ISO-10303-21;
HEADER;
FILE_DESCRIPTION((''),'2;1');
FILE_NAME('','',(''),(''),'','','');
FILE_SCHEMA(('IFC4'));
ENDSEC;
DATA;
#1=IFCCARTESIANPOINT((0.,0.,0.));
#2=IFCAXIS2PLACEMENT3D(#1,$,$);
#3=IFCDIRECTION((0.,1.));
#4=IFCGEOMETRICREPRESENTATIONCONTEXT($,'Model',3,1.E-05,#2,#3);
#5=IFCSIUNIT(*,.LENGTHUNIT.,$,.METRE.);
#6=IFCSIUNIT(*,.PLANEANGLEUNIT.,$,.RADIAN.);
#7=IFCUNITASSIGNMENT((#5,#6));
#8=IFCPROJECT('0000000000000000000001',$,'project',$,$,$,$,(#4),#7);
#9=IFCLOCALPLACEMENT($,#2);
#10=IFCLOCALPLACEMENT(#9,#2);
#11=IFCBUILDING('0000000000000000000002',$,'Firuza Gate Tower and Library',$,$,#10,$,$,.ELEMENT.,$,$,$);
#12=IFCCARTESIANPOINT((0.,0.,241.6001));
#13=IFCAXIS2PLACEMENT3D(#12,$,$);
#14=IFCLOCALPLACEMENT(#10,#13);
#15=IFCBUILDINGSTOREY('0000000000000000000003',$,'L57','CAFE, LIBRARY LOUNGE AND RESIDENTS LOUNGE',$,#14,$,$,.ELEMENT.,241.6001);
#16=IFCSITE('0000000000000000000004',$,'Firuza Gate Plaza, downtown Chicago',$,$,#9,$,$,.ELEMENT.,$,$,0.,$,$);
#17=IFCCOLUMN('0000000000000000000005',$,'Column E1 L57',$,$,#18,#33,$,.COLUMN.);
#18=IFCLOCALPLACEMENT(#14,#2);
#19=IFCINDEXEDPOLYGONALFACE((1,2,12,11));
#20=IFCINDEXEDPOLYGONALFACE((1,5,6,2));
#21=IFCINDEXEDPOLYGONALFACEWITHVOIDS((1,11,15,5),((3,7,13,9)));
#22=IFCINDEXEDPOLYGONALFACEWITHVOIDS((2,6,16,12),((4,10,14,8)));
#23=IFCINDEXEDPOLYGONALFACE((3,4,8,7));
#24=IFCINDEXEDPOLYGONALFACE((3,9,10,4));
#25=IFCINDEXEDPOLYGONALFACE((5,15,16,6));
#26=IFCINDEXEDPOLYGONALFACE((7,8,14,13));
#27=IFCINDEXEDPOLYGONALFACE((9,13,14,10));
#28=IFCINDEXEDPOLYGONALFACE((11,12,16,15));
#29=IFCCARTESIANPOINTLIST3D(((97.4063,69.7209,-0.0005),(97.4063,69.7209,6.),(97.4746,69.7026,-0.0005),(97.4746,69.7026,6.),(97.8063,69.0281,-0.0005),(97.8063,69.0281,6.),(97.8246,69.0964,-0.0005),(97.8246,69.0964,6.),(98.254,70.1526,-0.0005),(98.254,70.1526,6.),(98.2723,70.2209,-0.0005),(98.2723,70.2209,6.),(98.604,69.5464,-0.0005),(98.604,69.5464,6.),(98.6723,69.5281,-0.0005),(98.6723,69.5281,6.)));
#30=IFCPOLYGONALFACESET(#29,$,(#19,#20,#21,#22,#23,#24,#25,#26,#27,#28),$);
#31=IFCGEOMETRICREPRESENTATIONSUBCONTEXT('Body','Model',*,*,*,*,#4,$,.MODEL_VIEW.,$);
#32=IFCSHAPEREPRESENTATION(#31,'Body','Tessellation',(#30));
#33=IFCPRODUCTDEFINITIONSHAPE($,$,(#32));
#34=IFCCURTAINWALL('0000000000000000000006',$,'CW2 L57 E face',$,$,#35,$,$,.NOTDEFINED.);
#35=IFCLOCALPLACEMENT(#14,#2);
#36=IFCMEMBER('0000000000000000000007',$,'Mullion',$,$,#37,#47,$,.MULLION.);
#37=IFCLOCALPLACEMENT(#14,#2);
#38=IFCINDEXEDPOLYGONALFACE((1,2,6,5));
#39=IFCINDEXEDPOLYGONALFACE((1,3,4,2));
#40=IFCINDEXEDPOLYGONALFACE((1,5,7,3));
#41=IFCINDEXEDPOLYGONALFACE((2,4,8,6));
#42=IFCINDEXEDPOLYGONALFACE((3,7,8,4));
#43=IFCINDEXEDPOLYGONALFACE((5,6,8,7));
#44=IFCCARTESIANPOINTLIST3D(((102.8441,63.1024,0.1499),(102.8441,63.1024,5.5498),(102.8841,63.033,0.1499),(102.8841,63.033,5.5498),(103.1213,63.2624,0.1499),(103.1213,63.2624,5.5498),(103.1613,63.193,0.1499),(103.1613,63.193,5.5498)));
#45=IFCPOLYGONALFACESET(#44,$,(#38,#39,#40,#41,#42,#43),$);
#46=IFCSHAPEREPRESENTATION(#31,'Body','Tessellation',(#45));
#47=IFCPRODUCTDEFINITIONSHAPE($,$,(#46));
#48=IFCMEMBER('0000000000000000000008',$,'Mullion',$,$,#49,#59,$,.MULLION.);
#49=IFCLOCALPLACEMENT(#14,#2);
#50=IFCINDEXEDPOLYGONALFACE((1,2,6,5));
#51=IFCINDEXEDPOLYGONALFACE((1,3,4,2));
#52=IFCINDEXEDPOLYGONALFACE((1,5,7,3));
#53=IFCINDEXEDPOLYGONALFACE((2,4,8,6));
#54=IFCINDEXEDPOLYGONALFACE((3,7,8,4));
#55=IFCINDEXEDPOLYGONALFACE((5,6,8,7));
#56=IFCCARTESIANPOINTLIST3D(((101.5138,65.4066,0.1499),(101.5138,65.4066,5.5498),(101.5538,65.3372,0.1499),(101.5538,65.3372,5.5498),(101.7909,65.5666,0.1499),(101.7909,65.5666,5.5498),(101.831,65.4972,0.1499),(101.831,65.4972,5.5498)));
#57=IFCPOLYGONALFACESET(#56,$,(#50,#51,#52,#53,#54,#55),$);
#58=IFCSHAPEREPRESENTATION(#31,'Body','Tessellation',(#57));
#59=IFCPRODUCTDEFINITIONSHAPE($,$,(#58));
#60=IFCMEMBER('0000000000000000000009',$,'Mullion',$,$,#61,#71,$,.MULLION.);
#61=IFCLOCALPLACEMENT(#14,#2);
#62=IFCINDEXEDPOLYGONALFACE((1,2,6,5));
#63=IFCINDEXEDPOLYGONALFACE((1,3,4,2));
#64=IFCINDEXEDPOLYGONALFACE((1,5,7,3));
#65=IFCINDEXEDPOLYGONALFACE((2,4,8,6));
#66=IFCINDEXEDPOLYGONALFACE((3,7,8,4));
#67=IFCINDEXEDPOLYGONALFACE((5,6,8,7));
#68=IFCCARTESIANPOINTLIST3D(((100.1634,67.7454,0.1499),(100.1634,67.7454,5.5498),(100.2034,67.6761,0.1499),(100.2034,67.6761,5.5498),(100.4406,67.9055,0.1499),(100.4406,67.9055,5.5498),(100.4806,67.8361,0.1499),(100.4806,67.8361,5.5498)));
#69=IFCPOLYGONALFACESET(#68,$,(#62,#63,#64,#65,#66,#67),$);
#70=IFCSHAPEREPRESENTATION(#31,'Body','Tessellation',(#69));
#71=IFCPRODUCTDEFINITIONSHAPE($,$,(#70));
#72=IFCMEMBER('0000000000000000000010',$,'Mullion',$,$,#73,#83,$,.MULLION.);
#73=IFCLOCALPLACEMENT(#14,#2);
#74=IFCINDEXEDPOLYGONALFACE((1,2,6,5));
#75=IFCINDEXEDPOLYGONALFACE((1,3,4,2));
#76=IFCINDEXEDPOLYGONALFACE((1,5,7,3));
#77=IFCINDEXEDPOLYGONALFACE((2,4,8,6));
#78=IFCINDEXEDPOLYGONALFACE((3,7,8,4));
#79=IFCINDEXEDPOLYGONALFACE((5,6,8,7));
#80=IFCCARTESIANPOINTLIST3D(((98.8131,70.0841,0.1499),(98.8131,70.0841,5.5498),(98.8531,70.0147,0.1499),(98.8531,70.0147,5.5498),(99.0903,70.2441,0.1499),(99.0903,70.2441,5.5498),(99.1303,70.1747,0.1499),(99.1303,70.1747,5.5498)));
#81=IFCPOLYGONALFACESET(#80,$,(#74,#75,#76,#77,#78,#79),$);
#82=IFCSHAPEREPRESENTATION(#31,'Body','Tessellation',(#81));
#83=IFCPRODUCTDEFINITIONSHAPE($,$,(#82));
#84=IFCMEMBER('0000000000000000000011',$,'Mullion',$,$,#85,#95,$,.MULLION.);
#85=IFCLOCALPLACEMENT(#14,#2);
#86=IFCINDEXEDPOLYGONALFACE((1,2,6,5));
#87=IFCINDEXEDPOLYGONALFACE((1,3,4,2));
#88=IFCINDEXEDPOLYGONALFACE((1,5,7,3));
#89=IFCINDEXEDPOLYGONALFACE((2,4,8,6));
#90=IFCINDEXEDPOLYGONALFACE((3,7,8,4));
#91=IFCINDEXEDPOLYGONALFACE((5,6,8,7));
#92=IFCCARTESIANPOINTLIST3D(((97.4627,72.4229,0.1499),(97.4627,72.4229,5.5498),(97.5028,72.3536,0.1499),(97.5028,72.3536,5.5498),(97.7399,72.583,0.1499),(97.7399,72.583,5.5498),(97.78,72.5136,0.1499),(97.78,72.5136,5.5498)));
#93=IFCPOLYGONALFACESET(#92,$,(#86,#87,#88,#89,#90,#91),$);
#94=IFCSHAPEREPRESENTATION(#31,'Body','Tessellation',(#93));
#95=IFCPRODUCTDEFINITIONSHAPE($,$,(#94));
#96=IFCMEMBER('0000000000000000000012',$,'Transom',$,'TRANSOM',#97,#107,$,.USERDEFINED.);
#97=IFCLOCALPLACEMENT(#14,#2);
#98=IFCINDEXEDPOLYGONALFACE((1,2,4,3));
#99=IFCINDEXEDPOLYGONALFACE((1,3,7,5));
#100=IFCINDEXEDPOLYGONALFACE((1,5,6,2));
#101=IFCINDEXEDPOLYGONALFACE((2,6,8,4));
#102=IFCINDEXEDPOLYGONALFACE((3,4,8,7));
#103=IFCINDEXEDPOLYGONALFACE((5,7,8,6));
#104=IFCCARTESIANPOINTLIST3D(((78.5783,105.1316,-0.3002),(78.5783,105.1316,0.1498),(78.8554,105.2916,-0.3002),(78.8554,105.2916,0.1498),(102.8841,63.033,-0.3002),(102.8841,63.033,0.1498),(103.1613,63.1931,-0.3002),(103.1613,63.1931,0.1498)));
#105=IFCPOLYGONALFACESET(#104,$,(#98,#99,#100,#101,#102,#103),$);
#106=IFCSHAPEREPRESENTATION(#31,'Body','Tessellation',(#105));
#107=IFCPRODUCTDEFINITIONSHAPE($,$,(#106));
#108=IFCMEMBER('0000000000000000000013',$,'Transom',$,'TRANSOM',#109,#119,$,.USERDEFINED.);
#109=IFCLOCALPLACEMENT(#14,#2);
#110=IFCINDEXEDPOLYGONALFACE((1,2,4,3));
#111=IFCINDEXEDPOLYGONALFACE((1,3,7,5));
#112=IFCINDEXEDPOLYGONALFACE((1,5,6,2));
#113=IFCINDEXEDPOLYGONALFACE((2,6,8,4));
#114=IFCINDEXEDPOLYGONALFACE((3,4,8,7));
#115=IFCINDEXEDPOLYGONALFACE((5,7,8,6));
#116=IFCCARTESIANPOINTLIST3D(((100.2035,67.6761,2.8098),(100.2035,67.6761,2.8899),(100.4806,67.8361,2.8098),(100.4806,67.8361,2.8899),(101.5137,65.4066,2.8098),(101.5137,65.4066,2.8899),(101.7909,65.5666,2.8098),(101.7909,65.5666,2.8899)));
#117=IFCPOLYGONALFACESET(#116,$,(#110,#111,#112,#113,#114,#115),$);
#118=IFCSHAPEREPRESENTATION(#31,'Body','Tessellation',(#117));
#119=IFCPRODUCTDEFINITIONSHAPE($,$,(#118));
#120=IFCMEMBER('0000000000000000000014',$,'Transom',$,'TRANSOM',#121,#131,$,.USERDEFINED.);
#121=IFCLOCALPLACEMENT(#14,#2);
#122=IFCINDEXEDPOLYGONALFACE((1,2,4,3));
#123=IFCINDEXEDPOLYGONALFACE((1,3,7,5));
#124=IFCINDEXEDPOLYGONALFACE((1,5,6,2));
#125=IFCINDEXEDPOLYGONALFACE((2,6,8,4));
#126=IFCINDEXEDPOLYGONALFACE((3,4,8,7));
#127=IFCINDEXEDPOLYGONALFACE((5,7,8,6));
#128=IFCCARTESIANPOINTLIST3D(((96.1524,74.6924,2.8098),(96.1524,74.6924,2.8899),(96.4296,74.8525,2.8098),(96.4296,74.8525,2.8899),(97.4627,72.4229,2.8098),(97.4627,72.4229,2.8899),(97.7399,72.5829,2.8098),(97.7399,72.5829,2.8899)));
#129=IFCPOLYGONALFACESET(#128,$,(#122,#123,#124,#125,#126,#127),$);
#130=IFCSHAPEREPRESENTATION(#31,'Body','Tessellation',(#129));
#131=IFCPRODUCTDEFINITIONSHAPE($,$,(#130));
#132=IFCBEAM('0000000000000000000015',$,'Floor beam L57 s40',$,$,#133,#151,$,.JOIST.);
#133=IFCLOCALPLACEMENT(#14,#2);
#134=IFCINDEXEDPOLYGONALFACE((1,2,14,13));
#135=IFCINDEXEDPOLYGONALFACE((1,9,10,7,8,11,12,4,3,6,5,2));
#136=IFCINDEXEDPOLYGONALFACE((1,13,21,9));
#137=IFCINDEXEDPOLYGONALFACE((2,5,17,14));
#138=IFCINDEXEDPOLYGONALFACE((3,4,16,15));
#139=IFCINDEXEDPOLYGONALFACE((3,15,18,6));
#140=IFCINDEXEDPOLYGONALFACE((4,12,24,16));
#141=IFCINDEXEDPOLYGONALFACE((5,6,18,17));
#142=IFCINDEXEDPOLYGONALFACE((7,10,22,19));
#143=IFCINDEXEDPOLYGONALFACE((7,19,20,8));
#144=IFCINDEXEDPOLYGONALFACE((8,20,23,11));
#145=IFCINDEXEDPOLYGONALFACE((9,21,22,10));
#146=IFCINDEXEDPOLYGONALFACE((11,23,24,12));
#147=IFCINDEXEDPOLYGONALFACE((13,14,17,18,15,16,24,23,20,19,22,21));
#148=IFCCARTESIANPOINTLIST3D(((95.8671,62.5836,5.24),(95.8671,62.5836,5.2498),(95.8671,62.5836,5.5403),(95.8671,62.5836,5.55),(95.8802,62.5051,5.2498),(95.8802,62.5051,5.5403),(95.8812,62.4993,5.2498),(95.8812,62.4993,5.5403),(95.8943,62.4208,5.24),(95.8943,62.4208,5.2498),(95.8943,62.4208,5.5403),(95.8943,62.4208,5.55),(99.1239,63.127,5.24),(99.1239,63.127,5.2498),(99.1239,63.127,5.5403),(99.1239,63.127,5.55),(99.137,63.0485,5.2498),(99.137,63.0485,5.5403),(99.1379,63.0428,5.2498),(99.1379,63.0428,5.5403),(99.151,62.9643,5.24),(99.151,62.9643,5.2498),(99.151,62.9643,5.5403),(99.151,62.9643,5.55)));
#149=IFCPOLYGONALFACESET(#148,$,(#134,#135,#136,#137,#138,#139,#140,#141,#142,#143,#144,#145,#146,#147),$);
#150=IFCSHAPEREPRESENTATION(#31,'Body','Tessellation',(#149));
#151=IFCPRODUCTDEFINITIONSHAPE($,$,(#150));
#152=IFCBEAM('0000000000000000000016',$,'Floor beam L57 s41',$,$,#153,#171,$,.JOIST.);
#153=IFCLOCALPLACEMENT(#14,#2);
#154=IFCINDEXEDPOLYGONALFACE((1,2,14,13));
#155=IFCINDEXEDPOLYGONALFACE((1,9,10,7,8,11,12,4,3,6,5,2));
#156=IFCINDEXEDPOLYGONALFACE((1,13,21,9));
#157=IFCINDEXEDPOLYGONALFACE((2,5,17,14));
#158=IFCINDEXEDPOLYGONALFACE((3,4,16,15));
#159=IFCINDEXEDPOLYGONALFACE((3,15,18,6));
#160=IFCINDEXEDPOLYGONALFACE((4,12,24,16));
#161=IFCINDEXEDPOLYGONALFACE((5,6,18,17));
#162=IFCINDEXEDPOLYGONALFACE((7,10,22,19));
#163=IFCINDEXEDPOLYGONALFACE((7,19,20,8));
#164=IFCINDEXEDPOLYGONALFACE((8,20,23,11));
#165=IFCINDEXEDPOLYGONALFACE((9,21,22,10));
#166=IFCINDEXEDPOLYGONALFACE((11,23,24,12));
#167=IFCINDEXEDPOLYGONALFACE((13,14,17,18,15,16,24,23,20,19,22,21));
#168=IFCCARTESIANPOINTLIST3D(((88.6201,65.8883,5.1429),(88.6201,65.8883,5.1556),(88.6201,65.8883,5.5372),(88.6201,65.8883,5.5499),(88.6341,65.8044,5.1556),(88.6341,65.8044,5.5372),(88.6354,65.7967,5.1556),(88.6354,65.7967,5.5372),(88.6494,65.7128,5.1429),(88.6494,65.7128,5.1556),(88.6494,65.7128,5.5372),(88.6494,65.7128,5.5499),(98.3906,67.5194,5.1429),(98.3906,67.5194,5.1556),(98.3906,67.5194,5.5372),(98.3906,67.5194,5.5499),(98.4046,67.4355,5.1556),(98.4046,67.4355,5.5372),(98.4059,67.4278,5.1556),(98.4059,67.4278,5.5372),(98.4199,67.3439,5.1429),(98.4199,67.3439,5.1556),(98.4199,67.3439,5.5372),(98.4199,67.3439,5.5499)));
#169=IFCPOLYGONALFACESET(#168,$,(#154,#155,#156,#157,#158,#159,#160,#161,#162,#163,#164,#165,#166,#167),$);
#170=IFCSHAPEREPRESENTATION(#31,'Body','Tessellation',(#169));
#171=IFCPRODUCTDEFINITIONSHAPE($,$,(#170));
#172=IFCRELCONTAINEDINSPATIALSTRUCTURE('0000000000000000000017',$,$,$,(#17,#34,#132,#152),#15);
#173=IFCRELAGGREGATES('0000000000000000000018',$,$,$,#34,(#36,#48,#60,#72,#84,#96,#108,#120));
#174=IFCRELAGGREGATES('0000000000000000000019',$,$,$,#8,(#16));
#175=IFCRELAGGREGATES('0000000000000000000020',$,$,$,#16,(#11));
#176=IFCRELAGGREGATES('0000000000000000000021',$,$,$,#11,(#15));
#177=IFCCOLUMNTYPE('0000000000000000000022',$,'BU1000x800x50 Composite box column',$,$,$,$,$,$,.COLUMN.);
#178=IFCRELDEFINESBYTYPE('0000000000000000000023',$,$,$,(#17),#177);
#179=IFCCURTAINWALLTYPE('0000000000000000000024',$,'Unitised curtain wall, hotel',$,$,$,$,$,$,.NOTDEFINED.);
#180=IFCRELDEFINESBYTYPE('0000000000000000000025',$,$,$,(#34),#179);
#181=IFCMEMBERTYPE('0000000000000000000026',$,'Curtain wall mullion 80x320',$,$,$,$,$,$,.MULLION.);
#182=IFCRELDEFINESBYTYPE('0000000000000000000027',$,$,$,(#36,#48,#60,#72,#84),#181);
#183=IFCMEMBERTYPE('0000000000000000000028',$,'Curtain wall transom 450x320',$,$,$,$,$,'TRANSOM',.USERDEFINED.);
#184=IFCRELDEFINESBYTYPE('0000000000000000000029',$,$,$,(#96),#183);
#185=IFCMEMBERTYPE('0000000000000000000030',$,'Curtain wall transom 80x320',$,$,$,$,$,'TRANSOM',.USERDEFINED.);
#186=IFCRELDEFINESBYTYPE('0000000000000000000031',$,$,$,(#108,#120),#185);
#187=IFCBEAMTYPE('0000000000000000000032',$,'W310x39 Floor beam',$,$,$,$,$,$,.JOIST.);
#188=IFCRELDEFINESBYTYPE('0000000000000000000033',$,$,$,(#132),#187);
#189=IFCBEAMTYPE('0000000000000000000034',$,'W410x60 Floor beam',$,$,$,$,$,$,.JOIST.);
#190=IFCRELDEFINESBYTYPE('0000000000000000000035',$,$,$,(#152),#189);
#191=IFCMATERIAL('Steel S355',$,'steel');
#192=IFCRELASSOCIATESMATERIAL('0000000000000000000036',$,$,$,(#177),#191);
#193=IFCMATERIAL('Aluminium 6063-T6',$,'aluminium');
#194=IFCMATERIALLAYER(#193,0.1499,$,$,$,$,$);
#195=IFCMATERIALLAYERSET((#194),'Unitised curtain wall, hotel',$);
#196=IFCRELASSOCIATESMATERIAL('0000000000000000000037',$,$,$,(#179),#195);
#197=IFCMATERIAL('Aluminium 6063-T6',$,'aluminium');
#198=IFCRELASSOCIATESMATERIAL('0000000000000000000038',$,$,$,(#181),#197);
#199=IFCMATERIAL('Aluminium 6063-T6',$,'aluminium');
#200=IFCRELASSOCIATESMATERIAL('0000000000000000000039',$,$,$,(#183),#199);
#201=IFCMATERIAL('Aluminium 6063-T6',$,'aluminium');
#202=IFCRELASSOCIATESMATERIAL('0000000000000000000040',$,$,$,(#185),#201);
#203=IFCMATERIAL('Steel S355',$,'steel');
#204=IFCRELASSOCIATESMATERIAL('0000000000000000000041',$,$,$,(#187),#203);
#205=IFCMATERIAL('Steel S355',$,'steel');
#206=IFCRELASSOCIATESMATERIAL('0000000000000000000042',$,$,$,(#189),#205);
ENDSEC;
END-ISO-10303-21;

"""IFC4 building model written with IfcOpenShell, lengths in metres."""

from ifc_helpers import new_model, si_unit, direction, frame, origin, origin_2d, place, context, subcontext, project, spatial, rectangle, hollow_rectangle, i_section, extrude, material, layer, layer_set, material_profile, profile_set, type_object, element, aggregate, save


model = new_model("IFC4")

# Units and contexts
model_context = context("Model", 3, precision=1e-05, world=origin(), true_north=direction((0.0, 1.0)))
body_context = subcontext(model_context, "Body", "Model", "MODEL_VIEW")
ifc_project = project(units=[si_unit("LENGTHUNIT", "METRE"), si_unit("PLANEANGLEUNIT", "RADIAN")], contexts=[model_context])

# Site, building, storey
site_placement = place(None, origin())
site = spatial("IfcSite", under=ifc_project, at=site_placement, Name="Firuza Gate Plaza, downtown Chicago", CompositionType="ELEMENT", RefElevation=0.0)
building_placement = place(site_placement, origin())
building = spatial("IfcBuilding", under=site, at=building_placement, Name="Firuza Gate Tower and Library", CompositionType="ELEMENT")
storey_placement = place(building_placement, frame((0.0, 0.0, 241.6001)))
storey = spatial("IfcBuildingStorey", under=building, at=storey_placement, Name="L57", Description="CAFE, LIBRARY LOUNGE AND RESIDENTS LOUNGE", CompositionType="ELEMENT", Elevation=241.6001)

# Column
ifc_material_1 = material(Name="Steel S355", Category="steel")
ifc_material_profile_1 = material_profile(ifc_material_1, hollow_rectangle(XDim=0.8, YDim=1.0, WallThickness=0.05, at=origin_2d()))
ifc_profile_set_1 = profile_set([ifc_material_profile_1], Name="Steel S355")
column_type = type_object("IfcColumnType", Name="BU1000x800x50 Composite box column", PredefinedType="COLUMN", material=ifc_profile_set_1)
column_placement = place(storey_placement, frame((98.0393, 69.6245, -0.0005), z_axis=(0.0, 0.0, 1.0), x_axis=(-0.5, 0.866025, 0.0)))
element("IfcColumn", 1, at=column_placement, inside=storey, type_object=column_type, Name="Column E1 L57", PredefinedType="COLUMN", context=body_context, shape_type="SweptSolid", body=[
    extrude(hollow_rectangle(XDim=0.8, YDim=1.0, WallThickness=0.05, at=origin_2d()), origin(), (0.0, 0.0, 1.0), 6.0005),
])

# Curtain wall, members
ifc_material_2 = material(Name="Aluminium 6063-T6", Category="aluminium")
ifc_layer_1 = layer(ifc_material_2, 0.1499)
ifc_layer_set_1 = layer_set([ifc_layer_1], Name="Unitised curtain wall, hotel")
curtain_wall_type = type_object("IfcCurtainWallType", Name="Unitised curtain wall, hotel", PredefinedType="NOTDEFINED", material=ifc_layer_set_1)
curtain_wall_placement = place(storey_placement, origin())
curtain_wall = element("IfcCurtainWall", 2, at=curtain_wall_placement, inside=storey, type_object=curtain_wall_type, Name="CW2 L57 E face", PredefinedType="NOTDEFINED")
ifc_material_3 = material(Name="Aluminium 6063-T6", Category="aluminium")
ifc_material_profile_2 = material_profile(ifc_material_3, rectangle(XDim=0.3201, YDim=0.0801, at=origin_2d()))
ifc_profile_set_2 = profile_set([ifc_material_profile_2], Name="Aluminium 6063-T6")
member_type_1 = type_object("IfcMemberType", Name="Curtain wall mullion 80x320", PredefinedType="MULLION", material=ifc_profile_set_2)
member_1_placement = place(storey_placement, frame((103.0027, 63.1477, 0.1499), z_axis=(0.0, 0.0, 1.0), x_axis=(-0.866025, -0.5, 0.0)))
member_1 = element("IfcMember", 3, at=member_1_placement, type_object=member_type_1, Name="Mullion", PredefinedType="MULLION", context=body_context, shape_type="SweptSolid", body=[
    extrude(rectangle(XDim=0.3201, YDim=0.0801, at=origin_2d()), origin(), (0.0, 0.0, 1.0), 5.3999),
])
member_2_placement = place(storey_placement, frame((101.6724, 65.4519, 0.1499), z_axis=(0.0, 0.0, 1.0), x_axis=(-0.866025, -0.5, 0.0)))
member_2 = element("IfcMember", 4, at=member_2_placement, type_object=member_type_1, Name="Mullion", PredefinedType="MULLION", context=body_context, shape_type="SweptSolid", body=[
    extrude(rectangle(XDim=0.3201, YDim=0.0801, at=origin_2d()), origin(), (0.0, 0.0, 1.0), 5.3999),
])
member_3_placement = place(storey_placement, frame((100.322, 67.7908, 0.1499), z_axis=(0.0, 0.0, 1.0), x_axis=(-0.866025, -0.5, 0.0)))
member_3 = element("IfcMember", 5, at=member_3_placement, type_object=member_type_1, Name="Mullion", PredefinedType="MULLION", context=body_context, shape_type="SweptSolid", body=[
    extrude(rectangle(XDim=0.3201, YDim=0.0801, at=origin_2d()), origin(), (0.0, 0.0, 1.0), 5.3999),
])
member_4_placement = place(storey_placement, frame((98.9717, 70.1294, 0.1499), z_axis=(0.0, 0.0, 1.0), x_axis=(-0.866025, -0.5, 0.0)))
member_4 = element("IfcMember", 6, at=member_4_placement, type_object=member_type_1, Name="Mullion", PredefinedType="MULLION", context=body_context, shape_type="SweptSolid", body=[
    extrude(rectangle(XDim=0.3201, YDim=0.0801, at=origin_2d()), origin(), (0.0, 0.0, 1.0), 5.3999),
])
member_5_placement = place(storey_placement, frame((97.6213, 72.4683, 0.1499), z_axis=(0.0, 0.0, 1.0), x_axis=(-0.866025, -0.5, 0.0)))
member_5 = element("IfcMember", 7, at=member_5_placement, type_object=member_type_1, Name="Mullion", PredefinedType="MULLION", context=body_context, shape_type="SweptSolid", body=[
    extrude(rectangle(XDim=0.3201, YDim=0.0801, at=origin_2d()), origin(), (0.0, 0.0, 1.0), 5.3999),
])
ifc_material_4 = material(Name="Aluminium 6063-T6", Category="aluminium")
ifc_material_profile_3 = material_profile(ifc_material_4, rectangle(XDim=0.3201, YDim=0.45, at=origin_2d()))
ifc_profile_set_3 = profile_set([ifc_material_profile_3], Name="Aluminium 6063-T6")
member_type_2 = type_object("IfcMemberType", Name="Curtain wall transom 450x320", ElementType="TRANSOM", PredefinedType="USERDEFINED", material=ifc_profile_set_3)
member_6_placement = place(storey_placement, frame((103.0227, 63.113, -0.0752), z_axis=(-0.500004, 0.866023, 0.0), x_axis=(-0.866023, -0.500004, 0.0)))
member_6 = element("IfcMember", 8, at=member_6_placement, type_object=member_type_2, Name="Transom", ObjectType="TRANSOM", PredefinedType="USERDEFINED", context=body_context, shape_type="SweptSolid", body=[
    extrude(rectangle(XDim=0.3201, YDim=0.45, at=origin_2d()), origin(), (0.0, 0.0, 1.0), 48.6113),
])
ifc_material_5 = material(Name="Aluminium 6063-T6", Category="aluminium")
ifc_material_profile_4 = material_profile(ifc_material_5, rectangle(XDim=0.3201, YDim=0.0801, at=origin_2d()))
ifc_profile_set_4 = profile_set([ifc_material_profile_4], Name="Aluminium 6063-T6")
member_type_3 = type_object("IfcMemberType", Name="Curtain wall transom 80x320", ElementType="TRANSOM", PredefinedType="USERDEFINED", material=ifc_profile_set_4)
member_7_placement = place(storey_placement, frame((101.6523, 65.4866, 2.8499), z_axis=(-0.499997, 0.866027, 0.0), x_axis=(-0.866027, -0.499997, 0.0)))
member_7 = element("IfcMember", 9, at=member_7_placement, type_object=member_type_3, Name="Transom", ObjectType="TRANSOM", PredefinedType="USERDEFINED", context=body_context, shape_type="SweptSolid", body=[
    extrude(rectangle(XDim=0.3201, YDim=0.0801, at=origin_2d()), origin(), (0.0, 0.0, 1.0), 2.6206),
])
member_8_placement = place(storey_placement, frame((97.6013, 72.5029, 2.8499), z_axis=(-0.499997, 0.866027, 0.0), x_axis=(-0.866027, -0.499997, 0.0)))
member_8 = element("IfcMember", 10, at=member_8_placement, type_object=member_type_3, Name="Transom", ObjectType="TRANSOM", PredefinedType="USERDEFINED", context=body_context, shape_type="SweptSolid", body=[
    extrude(rectangle(XDim=0.3201, YDim=0.0801, at=origin_2d()), origin(), (0.0, 0.0, 1.0), 2.6206),
])

# Beams
ifc_material_6 = material(Name="Steel S355", Category="steel")
ifc_material_profile_5 = material_profile(ifc_material_6, i_section(OverallWidth=0.165, OverallDepth=0.3101, WebThickness=0.0059, FlangeThickness=0.0098, at=origin_2d()))
ifc_profile_set_5 = profile_set([ifc_material_profile_5], Name="Steel S355")
beam_type_1 = type_object("IfcBeamType", Name="W310x39 Floor beam", PredefinedType="JOIST", material=ifc_profile_set_5)
beam_1_placement = place(storey_placement, frame((99.1375, 63.0457, 5.395), z_axis=(-0.986362, -0.164591, 0.0), x_axis=(0.164591, -0.986362, 0.0)))
element("IfcBeam", 11, at=beam_1_placement, inside=storey, type_object=beam_type_1, Name="Floor beam L57 s40", PredefinedType="JOIST", context=body_context, shape_type="SweptSolid", body=[
    extrude(i_section(OverallWidth=0.165, OverallDepth=0.3101, WebThickness=0.0059, FlangeThickness=0.0098, at=origin_2d()), origin(), (0.0, 0.0, 1.0), 3.3018),
])
ifc_material_7 = material(Name="Steel S355", Category="steel")
ifc_material_profile_6 = material_profile(ifc_material_7, i_section(OverallWidth=0.178, OverallDepth=0.407, WebThickness=0.0078, FlangeThickness=0.0127, at=origin_2d()))
ifc_profile_set_6 = profile_set([ifc_material_profile_6], Name="Steel S355")
beam_type_2 = type_object("IfcBeamType", Name="W410x60 Floor beam", PredefinedType="JOIST", material=ifc_profile_set_6)
beam_2_placement = place(storey_placement, frame((98.4053, 67.4316, 5.3464), z_axis=(-0.98635, -0.164663, 0.0), x_axis=(0.164663, -0.98635, 0.0)))
element("IfcBeam", 12, at=beam_2_placement, inside=storey, type_object=beam_type_2, Name="Floor beam L57 s41", PredefinedType="JOIST", context=body_context, shape_type="SweptSolid", body=[
    extrude(i_section(OverallWidth=0.178, OverallDepth=0.407, WebThickness=0.0078, FlangeThickness=0.0127, at=origin_2d()), origin(), (0.0, 0.0, 1.0), 9.9058),
])

aggregate(curtain_wall, [member_1, member_2, member_3, member_4, member_5, member_6, member_7, member_8])

save(model, "model.ifc")
